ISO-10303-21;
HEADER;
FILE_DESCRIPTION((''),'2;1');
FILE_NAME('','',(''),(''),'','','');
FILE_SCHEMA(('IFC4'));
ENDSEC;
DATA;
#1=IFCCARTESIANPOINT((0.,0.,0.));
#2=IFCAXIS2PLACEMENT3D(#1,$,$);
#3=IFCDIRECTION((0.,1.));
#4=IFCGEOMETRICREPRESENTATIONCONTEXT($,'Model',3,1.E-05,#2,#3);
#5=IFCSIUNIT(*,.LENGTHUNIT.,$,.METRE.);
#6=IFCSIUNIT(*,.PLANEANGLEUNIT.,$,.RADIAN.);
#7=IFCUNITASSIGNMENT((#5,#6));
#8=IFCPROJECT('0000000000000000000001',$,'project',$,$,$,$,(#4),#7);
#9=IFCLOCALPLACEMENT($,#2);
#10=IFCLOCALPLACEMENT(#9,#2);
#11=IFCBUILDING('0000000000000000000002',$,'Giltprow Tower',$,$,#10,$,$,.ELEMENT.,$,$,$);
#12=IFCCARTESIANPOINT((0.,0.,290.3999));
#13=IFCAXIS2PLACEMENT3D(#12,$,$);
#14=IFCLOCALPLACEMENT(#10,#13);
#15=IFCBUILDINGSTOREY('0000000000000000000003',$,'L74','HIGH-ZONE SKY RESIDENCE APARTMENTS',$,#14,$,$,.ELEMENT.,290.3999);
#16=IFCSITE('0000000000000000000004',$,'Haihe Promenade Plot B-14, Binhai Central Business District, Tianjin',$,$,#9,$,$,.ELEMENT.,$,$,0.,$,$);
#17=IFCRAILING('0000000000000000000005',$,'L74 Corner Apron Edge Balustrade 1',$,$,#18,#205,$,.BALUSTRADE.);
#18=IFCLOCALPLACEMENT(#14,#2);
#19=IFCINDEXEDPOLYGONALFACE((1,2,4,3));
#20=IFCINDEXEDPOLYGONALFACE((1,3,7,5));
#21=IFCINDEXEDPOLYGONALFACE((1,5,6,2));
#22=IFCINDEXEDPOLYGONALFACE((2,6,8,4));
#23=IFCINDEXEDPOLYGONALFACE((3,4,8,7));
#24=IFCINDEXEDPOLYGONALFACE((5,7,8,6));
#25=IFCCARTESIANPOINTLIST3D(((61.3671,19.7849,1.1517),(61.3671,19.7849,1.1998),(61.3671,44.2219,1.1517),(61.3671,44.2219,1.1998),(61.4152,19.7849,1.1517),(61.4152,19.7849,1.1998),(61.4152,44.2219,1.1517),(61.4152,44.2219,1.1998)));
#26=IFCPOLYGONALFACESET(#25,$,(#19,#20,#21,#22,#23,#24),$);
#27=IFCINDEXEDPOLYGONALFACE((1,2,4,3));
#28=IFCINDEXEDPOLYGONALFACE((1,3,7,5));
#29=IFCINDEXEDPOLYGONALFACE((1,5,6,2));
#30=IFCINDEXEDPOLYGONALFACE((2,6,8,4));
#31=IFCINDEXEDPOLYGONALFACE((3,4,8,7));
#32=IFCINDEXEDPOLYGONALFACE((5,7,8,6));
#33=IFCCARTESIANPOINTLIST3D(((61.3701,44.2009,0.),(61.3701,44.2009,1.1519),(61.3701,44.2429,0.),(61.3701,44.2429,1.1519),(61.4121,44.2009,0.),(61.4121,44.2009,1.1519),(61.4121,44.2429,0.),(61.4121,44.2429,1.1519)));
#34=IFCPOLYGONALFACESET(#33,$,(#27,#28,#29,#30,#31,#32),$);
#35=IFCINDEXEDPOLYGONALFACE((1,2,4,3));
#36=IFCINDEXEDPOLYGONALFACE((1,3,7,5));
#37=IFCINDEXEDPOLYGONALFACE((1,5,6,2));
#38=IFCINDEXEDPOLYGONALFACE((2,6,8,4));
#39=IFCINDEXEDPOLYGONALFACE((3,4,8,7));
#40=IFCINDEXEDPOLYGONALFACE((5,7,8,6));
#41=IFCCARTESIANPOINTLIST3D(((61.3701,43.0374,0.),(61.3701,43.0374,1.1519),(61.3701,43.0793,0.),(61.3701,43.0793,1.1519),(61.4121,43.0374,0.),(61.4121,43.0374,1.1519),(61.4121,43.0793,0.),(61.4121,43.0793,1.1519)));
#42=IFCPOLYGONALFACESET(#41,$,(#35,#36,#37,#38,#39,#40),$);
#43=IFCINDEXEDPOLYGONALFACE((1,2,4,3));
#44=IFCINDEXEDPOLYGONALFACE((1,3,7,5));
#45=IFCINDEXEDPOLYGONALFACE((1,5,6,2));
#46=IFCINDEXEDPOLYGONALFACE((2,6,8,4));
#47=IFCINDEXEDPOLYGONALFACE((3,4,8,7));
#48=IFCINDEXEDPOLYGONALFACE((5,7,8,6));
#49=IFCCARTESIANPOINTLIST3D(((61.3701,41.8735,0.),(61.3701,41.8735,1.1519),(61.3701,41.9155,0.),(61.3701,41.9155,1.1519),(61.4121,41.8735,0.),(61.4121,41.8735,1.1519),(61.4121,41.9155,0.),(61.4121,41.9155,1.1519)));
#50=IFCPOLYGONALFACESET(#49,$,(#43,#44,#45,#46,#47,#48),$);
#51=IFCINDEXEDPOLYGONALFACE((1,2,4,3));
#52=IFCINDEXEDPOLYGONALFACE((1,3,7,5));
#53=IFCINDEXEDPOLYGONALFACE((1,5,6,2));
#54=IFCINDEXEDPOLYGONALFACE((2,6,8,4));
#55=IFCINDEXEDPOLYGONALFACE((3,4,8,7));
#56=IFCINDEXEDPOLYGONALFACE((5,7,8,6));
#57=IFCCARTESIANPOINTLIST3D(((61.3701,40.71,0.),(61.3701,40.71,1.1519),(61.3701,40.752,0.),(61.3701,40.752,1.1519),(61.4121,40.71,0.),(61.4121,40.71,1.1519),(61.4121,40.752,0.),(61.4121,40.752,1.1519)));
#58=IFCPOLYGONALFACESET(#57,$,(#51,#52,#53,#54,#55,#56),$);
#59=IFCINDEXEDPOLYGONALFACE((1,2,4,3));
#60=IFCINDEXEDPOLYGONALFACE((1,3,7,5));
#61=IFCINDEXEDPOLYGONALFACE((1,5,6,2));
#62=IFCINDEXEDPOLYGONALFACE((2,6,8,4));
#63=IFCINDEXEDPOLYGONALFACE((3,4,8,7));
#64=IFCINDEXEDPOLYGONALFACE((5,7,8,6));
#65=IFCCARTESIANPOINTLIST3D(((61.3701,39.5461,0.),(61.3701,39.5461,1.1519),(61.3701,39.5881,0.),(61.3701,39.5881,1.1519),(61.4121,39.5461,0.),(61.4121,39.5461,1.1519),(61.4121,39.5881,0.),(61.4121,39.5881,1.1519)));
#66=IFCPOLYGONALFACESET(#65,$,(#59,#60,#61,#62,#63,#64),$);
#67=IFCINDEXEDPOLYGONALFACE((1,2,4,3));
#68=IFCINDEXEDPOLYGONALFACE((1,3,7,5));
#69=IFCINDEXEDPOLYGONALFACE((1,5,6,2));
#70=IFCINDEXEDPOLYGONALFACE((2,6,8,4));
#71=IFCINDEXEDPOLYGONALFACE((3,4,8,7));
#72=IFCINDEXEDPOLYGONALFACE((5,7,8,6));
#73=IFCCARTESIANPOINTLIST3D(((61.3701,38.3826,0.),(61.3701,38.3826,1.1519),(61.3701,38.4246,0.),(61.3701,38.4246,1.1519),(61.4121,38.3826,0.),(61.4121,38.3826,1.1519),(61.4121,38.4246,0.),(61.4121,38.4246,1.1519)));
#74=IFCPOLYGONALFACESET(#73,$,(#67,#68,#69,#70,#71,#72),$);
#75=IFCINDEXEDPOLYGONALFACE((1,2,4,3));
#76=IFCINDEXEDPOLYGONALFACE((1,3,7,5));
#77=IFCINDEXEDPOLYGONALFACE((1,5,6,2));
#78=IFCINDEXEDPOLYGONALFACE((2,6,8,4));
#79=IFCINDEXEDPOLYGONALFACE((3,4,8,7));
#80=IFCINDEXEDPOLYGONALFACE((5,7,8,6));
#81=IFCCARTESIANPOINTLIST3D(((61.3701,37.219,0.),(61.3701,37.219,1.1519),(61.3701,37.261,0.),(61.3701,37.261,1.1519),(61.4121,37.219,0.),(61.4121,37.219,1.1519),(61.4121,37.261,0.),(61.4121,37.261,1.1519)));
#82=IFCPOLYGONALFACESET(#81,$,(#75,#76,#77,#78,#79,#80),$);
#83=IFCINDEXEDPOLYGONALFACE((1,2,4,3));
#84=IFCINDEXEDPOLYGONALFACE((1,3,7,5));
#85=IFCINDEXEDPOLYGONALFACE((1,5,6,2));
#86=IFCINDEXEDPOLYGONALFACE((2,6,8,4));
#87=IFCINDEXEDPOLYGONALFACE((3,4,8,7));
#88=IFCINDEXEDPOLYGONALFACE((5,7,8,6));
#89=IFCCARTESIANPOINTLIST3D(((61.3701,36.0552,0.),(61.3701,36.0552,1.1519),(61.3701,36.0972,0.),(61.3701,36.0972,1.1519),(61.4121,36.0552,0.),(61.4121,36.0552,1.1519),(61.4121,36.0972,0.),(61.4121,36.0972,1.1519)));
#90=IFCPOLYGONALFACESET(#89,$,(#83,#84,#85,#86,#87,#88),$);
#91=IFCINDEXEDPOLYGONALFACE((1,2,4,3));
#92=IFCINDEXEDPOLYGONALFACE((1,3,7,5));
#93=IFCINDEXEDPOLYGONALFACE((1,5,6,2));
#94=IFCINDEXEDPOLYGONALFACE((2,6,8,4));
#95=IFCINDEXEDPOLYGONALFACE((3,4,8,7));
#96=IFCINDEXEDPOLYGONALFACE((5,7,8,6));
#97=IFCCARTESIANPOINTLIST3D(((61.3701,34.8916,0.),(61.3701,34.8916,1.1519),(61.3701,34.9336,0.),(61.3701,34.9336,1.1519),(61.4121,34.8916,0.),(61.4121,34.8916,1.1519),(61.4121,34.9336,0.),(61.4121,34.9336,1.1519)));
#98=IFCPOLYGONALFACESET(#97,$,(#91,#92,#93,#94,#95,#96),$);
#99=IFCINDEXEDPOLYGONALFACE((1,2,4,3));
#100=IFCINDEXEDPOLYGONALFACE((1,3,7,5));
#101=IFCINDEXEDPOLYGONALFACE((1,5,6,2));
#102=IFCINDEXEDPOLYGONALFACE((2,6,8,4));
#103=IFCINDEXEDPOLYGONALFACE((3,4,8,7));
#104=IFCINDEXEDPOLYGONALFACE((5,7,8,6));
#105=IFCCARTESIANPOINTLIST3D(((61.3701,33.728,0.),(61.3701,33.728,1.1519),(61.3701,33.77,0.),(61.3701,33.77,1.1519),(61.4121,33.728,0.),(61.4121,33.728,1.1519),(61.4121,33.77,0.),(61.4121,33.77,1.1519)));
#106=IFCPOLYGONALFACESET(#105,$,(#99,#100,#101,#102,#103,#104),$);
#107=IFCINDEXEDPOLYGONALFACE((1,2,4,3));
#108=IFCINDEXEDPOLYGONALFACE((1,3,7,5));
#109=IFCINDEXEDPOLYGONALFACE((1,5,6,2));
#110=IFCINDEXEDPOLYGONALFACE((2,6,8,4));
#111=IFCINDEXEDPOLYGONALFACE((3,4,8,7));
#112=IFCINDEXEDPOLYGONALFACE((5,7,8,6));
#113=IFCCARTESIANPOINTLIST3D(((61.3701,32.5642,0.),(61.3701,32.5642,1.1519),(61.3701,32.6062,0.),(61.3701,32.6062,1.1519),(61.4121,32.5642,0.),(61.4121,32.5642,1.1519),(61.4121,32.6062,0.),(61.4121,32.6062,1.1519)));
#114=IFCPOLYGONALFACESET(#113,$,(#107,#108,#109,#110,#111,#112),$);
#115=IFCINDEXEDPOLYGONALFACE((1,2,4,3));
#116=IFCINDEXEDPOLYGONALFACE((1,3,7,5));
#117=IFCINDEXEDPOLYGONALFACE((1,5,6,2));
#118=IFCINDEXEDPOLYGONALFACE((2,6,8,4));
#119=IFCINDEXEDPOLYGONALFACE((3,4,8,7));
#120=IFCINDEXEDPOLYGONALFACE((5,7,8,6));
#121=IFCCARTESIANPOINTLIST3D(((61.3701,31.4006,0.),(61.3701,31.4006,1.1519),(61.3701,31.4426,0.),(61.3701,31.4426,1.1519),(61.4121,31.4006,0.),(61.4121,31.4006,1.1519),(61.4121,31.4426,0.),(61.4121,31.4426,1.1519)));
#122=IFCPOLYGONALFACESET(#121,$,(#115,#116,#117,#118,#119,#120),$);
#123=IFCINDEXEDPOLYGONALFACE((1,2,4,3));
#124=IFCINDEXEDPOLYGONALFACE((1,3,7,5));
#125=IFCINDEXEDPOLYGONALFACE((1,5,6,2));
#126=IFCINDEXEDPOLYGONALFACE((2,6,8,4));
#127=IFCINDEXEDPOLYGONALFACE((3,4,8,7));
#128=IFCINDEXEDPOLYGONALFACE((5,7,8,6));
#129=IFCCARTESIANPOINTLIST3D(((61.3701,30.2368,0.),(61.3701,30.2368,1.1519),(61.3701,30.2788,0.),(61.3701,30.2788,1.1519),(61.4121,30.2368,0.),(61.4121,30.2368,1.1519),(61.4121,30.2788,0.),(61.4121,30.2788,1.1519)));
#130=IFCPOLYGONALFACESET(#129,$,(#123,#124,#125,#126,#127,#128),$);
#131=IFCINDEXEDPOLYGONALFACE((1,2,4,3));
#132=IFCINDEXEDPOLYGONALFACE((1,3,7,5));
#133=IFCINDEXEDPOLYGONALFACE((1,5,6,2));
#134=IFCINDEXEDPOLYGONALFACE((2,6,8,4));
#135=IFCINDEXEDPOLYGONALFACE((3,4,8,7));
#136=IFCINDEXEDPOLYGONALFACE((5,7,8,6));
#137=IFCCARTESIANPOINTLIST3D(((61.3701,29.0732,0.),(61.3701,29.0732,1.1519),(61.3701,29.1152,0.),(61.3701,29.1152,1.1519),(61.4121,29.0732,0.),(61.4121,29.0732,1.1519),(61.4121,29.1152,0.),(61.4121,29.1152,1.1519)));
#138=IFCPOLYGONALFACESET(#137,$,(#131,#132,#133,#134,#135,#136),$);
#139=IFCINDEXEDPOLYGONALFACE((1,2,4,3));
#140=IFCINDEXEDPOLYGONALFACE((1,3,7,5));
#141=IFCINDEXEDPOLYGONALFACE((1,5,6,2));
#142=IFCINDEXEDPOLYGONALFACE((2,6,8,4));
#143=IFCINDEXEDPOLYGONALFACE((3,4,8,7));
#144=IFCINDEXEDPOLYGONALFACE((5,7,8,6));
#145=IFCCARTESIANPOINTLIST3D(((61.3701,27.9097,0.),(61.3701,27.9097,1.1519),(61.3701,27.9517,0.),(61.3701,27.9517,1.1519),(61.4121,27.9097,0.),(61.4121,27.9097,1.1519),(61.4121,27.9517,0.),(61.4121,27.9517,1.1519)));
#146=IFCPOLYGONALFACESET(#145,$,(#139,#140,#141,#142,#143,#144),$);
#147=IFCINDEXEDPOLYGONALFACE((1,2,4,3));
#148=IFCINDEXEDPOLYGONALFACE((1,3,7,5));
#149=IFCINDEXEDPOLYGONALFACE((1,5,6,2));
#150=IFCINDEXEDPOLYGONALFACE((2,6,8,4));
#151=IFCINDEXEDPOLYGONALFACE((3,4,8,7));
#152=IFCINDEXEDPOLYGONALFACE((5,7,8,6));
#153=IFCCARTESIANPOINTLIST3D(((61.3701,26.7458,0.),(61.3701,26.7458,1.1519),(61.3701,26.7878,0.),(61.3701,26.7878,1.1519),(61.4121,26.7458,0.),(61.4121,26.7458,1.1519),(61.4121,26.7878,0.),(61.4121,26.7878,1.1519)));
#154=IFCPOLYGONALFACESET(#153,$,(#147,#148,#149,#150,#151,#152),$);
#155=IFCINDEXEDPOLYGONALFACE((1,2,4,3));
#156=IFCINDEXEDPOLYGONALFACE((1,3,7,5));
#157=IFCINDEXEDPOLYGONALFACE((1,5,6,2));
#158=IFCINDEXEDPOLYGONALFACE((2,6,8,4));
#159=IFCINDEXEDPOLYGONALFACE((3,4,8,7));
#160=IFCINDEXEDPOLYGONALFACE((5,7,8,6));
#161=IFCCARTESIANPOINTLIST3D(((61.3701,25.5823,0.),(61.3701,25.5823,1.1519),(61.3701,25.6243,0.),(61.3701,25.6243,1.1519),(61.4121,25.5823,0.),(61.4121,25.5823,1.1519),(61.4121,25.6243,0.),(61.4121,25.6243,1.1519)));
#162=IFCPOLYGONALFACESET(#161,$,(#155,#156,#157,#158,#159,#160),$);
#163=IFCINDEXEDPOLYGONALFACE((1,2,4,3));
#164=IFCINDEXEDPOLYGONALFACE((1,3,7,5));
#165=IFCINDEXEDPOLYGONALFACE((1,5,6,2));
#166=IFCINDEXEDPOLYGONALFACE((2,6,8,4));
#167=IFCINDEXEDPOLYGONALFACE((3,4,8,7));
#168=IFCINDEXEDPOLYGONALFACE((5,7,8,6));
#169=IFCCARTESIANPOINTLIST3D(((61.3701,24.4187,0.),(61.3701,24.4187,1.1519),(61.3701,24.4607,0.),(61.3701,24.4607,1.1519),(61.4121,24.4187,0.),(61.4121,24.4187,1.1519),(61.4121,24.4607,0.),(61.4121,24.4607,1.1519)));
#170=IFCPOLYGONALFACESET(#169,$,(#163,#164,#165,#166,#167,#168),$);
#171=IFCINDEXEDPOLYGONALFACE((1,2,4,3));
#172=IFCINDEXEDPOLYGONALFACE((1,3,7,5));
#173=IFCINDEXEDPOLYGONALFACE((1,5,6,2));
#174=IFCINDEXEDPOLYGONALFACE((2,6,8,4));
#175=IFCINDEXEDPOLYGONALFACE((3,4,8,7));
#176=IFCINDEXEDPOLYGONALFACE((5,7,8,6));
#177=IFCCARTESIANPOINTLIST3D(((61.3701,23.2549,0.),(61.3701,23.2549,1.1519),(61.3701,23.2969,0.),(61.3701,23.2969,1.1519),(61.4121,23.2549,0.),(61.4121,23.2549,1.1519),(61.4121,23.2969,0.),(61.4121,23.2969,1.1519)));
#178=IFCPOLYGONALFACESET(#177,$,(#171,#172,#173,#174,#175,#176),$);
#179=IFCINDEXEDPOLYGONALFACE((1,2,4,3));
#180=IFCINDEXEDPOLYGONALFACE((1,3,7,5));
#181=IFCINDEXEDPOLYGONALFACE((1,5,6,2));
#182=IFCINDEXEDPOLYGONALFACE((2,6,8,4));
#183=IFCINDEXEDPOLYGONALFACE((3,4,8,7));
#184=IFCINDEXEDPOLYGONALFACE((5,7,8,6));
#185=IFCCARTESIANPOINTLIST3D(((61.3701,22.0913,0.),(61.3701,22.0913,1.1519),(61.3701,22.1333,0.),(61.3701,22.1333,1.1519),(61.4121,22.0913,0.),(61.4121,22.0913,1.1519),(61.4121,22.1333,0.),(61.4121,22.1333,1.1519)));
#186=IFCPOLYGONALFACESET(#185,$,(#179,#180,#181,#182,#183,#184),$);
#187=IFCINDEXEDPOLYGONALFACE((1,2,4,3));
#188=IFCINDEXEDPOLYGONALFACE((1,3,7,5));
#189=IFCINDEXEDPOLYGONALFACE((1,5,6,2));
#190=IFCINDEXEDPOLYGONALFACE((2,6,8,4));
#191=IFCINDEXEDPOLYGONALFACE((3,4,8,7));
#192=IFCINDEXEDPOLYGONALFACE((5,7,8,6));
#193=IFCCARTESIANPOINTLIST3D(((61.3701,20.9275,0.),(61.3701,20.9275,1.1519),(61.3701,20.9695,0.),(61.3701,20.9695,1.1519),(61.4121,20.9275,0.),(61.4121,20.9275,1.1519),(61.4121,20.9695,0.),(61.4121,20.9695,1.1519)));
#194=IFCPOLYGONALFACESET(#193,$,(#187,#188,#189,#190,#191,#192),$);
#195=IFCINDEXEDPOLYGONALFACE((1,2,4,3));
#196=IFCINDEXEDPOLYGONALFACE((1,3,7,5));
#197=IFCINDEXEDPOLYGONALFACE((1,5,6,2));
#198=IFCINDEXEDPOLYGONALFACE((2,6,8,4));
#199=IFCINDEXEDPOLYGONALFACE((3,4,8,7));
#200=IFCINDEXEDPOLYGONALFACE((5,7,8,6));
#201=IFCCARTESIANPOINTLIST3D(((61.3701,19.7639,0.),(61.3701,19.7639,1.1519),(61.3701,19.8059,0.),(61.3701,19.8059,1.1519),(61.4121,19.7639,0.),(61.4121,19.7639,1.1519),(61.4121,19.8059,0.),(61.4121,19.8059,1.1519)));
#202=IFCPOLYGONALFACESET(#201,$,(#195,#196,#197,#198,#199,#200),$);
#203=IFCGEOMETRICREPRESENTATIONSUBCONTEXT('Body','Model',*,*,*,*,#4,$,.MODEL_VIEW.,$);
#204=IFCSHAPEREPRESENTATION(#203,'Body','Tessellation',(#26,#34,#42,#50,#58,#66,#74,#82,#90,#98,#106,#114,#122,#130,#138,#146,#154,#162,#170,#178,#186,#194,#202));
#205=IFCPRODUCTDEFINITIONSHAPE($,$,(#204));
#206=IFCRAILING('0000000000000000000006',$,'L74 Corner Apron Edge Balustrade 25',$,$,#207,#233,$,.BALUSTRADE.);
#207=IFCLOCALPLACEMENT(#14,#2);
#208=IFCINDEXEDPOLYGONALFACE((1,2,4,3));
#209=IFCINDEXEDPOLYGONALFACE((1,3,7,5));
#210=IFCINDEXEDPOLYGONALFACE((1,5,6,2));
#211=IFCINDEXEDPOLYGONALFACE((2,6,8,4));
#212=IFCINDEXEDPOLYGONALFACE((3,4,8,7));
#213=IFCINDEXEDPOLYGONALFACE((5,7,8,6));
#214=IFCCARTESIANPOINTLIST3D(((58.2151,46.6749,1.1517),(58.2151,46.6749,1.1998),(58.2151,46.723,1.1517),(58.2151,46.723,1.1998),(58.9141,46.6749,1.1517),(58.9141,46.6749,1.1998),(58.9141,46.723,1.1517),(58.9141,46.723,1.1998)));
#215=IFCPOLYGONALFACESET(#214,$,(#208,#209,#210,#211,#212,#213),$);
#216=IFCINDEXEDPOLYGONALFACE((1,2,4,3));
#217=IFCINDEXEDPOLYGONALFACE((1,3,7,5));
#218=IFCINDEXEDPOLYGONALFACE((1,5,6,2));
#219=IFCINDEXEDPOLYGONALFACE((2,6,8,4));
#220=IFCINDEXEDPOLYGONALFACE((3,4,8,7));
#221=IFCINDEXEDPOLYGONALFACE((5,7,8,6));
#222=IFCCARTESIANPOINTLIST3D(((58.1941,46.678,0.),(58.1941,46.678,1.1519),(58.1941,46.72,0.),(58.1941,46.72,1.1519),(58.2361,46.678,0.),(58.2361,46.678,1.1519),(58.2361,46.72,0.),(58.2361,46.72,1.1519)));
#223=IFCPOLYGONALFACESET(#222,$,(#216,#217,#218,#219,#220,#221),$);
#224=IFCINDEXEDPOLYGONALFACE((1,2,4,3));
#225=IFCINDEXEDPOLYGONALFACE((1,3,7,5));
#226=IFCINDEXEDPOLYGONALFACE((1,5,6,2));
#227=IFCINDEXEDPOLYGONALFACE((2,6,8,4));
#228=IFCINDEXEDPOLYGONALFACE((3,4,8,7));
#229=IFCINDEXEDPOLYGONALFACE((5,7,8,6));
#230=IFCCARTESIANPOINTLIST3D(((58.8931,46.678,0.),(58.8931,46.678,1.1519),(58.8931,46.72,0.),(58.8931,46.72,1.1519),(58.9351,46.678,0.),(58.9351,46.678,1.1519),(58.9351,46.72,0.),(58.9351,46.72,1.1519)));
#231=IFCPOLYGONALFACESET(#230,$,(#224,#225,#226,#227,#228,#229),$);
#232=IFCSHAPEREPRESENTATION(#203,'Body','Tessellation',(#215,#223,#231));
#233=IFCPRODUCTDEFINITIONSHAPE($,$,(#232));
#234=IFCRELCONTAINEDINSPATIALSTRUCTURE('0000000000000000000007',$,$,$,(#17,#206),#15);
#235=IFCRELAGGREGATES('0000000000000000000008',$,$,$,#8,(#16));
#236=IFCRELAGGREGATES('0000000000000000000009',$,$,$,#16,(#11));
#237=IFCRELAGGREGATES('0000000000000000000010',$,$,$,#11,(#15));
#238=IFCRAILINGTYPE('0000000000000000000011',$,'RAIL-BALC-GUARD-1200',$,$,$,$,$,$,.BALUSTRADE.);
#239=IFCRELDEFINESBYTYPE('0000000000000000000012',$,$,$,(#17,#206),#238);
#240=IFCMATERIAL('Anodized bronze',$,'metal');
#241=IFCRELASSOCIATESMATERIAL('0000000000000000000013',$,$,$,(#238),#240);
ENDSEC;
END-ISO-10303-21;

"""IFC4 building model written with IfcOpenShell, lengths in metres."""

from ifc_helpers import new_model, si_unit, direction, frame, origin, origin_2d, place, context, subcontext, project, spatial, rectangle, extrude, material, type_object, element, save


model = new_model("IFC4")

# Units and contexts
model_context = context("Model", 3, precision=1e-05, world=origin(), true_north=direction((0.0, 1.0)))
body_context = subcontext(model_context, "Body", "Model", "MODEL_VIEW")
ifc_project = project(units=[si_unit("LENGTHUNIT", "METRE"), si_unit("PLANEANGLEUNIT", "RADIAN")], contexts=[model_context])

# Site, building, storey
site_placement = place(None, origin())
site = spatial("IfcSite", under=ifc_project, at=site_placement, Name="Haihe Promenade Plot B-14, Binhai Central Business District, Tianjin", CompositionType="ELEMENT", RefElevation=0.0)
building_placement = place(site_placement, origin())
building = spatial("IfcBuilding", under=site, at=building_placement, Name="Giltprow Tower", CompositionType="ELEMENT")
storey_placement = place(building_placement, frame((0.0, 0.0, 290.3999)))
storey = spatial("IfcBuildingStorey", under=building, at=storey_placement, Name="L74", Description="HIGH-ZONE SKY RESIDENCE APARTMENTS", CompositionType="ELEMENT", Elevation=290.3999)

# Railings
ifc_material_1 = material(Name="Anodized bronze", Category="metal")
railing_type = type_object("IfcRailingType", Name="RAIL-BALC-GUARD-1200", PredefinedType="BALUSTRADE", material=ifc_material_1)
railing_1_placement = place(storey_placement, frame((61.3911, 44.2219, 0.0)))
element("IfcRailing", 1, at=railing_1_placement, inside=storey, type_object=railing_type, Name="L74 Corner Apron Edge Balustrade 1", PredefinedType="BALUSTRADE", context=body_context, shape_type="SweptSolid", body=[
    extrude(rectangle(XDim=0.0481, YDim=0.0481, at=origin_2d()), frame((0.0, 0.0, 1.1758), z_axis=(0.0, -1.0, 0.0), x_axis=(1.0, 0.0, 0.0)), (0.0, 0.0, 1.0), 24.437),
    extrude(rectangle(XDim=0.042, YDim=0.042, at=origin_2d()), origin(), (0.0, 0.0, 1.0), 1.1519),
    extrude(rectangle(XDim=0.042, YDim=0.042, at=origin_2d()), frame((0.0, -1.1636, 0.0)), (0.0, 0.0, 1.0), 1.1519),
    extrude(rectangle(XDim=0.042, YDim=0.042, at=origin_2d()), frame((0.0, -2.3274, 0.0)), (0.0, 0.0, 1.0), 1.1519),
    extrude(rectangle(XDim=0.042, YDim=0.042, at=origin_2d()), frame((0.0, -3.491, 0.0)), (0.0, 0.0, 1.0), 1.1519),
    extrude(rectangle(XDim=0.042, YDim=0.042, at=origin_2d()), frame((0.0, -4.6548, 0.0)), (0.0, 0.0, 1.0), 1.1519),
    extrude(rectangle(XDim=0.042, YDim=0.042, at=origin_2d()), frame((0.0, -5.8184, 0.0)), (0.0, 0.0, 1.0), 1.1519),
    extrude(rectangle(XDim=0.042, YDim=0.042, at=origin_2d()), frame((0.0, -6.9819, 0.0)), (0.0, 0.0, 1.0), 1.1519),
    extrude(rectangle(XDim=0.042, YDim=0.042, at=origin_2d()), frame((0.0, -8.1458, 0.0)), (0.0, 0.0, 1.0), 1.1519),
    extrude(rectangle(XDim=0.042, YDim=0.042, at=origin_2d()), frame((0.0, -9.3093, 0.0)), (0.0, 0.0, 1.0), 1.1519),
    extrude(rectangle(XDim=0.042, YDim=0.042, at=origin_2d()), frame((0.0, -10.4729, 0.0)), (0.0, 0.0, 1.0), 1.1519),
    extrude(rectangle(XDim=0.042, YDim=0.042, at=origin_2d()), frame((0.0, -11.6367, 0.0)), (0.0, 0.0, 1.0), 1.1519),
    extrude(rectangle(XDim=0.042, YDim=0.042, at=origin_2d()), frame((0.0, -12.8003, 0.0)), (0.0, 0.0, 1.0), 1.1519),
    extrude(rectangle(XDim=0.042, YDim=0.042, at=origin_2d()), frame((0.0, -13.9641, 0.0)), (0.0, 0.0, 1.0), 1.1519),
    extrude(rectangle(XDim=0.042, YDim=0.042, at=origin_2d()), frame((0.0, -15.1277, 0.0)), (0.0, 0.0, 1.0), 1.1519),
    extrude(rectangle(XDim=0.042, YDim=0.042, at=origin_2d()), frame((0.0, -16.2913, 0.0)), (0.0, 0.0, 1.0), 1.1519),
    extrude(rectangle(XDim=0.042, YDim=0.042, at=origin_2d()), frame((0.0, -17.4551, 0.0)), (0.0, 0.0, 1.0), 1.1519),
    extrude(rectangle(XDim=0.042, YDim=0.042, at=origin_2d()), frame((0.0, -18.6187, 0.0)), (0.0, 0.0, 1.0), 1.1519),
    extrude(rectangle(XDim=0.042, YDim=0.042, at=origin_2d()), frame((0.0, -19.7822, 0.0)), (0.0, 0.0, 1.0), 1.1519),
    extrude(rectangle(XDim=0.042, YDim=0.042, at=origin_2d()), frame((0.0, -20.946, 0.0)), (0.0, 0.0, 1.0), 1.1519),
    extrude(rectangle(XDim=0.042, YDim=0.042, at=origin_2d()), frame((0.0, -22.1096, 0.0)), (0.0, 0.0, 1.0), 1.1519),
    extrude(rectangle(XDim=0.042, YDim=0.042, at=origin_2d()), frame((0.0, -23.2734, 0.0)), (0.0, 0.0, 1.0), 1.1519),
    extrude(rectangle(XDim=0.042, YDim=0.042, at=origin_2d()), frame((0.0, -24.437, 0.0)), (0.0, 0.0, 1.0), 1.1519),
])
railing_2_placement = place(storey_placement, frame((58.2151, 46.699, 0.0)))
element("IfcRailing", 2, at=railing_2_placement, inside=storey, type_object=railing_type, Name="L74 Corner Apron Edge Balustrade 25", PredefinedType="BALUSTRADE", context=body_context, shape_type="SweptSolid", body=[
    extrude(rectangle(XDim=0.0481, YDim=0.0481, at=origin_2d()), frame((0.0, 0.0, 1.1758), z_axis=(1.0, 0.0, 0.0), x_axis=(0.0, 1.0, 0.0)), (0.0, 0.0, 1.0), 0.699),
    extrude(rectangle(XDim=0.042, YDim=0.042, at=origin_2d()), origin(), (0.0, 0.0, 1.0), 1.1519),
    extrude(rectangle(XDim=0.042, YDim=0.042, at=origin_2d()), frame((0.699, 0.0, 0.0)), (0.0, 0.0, 1.0), 1.1519),
])

save(model, "model.ifc")
